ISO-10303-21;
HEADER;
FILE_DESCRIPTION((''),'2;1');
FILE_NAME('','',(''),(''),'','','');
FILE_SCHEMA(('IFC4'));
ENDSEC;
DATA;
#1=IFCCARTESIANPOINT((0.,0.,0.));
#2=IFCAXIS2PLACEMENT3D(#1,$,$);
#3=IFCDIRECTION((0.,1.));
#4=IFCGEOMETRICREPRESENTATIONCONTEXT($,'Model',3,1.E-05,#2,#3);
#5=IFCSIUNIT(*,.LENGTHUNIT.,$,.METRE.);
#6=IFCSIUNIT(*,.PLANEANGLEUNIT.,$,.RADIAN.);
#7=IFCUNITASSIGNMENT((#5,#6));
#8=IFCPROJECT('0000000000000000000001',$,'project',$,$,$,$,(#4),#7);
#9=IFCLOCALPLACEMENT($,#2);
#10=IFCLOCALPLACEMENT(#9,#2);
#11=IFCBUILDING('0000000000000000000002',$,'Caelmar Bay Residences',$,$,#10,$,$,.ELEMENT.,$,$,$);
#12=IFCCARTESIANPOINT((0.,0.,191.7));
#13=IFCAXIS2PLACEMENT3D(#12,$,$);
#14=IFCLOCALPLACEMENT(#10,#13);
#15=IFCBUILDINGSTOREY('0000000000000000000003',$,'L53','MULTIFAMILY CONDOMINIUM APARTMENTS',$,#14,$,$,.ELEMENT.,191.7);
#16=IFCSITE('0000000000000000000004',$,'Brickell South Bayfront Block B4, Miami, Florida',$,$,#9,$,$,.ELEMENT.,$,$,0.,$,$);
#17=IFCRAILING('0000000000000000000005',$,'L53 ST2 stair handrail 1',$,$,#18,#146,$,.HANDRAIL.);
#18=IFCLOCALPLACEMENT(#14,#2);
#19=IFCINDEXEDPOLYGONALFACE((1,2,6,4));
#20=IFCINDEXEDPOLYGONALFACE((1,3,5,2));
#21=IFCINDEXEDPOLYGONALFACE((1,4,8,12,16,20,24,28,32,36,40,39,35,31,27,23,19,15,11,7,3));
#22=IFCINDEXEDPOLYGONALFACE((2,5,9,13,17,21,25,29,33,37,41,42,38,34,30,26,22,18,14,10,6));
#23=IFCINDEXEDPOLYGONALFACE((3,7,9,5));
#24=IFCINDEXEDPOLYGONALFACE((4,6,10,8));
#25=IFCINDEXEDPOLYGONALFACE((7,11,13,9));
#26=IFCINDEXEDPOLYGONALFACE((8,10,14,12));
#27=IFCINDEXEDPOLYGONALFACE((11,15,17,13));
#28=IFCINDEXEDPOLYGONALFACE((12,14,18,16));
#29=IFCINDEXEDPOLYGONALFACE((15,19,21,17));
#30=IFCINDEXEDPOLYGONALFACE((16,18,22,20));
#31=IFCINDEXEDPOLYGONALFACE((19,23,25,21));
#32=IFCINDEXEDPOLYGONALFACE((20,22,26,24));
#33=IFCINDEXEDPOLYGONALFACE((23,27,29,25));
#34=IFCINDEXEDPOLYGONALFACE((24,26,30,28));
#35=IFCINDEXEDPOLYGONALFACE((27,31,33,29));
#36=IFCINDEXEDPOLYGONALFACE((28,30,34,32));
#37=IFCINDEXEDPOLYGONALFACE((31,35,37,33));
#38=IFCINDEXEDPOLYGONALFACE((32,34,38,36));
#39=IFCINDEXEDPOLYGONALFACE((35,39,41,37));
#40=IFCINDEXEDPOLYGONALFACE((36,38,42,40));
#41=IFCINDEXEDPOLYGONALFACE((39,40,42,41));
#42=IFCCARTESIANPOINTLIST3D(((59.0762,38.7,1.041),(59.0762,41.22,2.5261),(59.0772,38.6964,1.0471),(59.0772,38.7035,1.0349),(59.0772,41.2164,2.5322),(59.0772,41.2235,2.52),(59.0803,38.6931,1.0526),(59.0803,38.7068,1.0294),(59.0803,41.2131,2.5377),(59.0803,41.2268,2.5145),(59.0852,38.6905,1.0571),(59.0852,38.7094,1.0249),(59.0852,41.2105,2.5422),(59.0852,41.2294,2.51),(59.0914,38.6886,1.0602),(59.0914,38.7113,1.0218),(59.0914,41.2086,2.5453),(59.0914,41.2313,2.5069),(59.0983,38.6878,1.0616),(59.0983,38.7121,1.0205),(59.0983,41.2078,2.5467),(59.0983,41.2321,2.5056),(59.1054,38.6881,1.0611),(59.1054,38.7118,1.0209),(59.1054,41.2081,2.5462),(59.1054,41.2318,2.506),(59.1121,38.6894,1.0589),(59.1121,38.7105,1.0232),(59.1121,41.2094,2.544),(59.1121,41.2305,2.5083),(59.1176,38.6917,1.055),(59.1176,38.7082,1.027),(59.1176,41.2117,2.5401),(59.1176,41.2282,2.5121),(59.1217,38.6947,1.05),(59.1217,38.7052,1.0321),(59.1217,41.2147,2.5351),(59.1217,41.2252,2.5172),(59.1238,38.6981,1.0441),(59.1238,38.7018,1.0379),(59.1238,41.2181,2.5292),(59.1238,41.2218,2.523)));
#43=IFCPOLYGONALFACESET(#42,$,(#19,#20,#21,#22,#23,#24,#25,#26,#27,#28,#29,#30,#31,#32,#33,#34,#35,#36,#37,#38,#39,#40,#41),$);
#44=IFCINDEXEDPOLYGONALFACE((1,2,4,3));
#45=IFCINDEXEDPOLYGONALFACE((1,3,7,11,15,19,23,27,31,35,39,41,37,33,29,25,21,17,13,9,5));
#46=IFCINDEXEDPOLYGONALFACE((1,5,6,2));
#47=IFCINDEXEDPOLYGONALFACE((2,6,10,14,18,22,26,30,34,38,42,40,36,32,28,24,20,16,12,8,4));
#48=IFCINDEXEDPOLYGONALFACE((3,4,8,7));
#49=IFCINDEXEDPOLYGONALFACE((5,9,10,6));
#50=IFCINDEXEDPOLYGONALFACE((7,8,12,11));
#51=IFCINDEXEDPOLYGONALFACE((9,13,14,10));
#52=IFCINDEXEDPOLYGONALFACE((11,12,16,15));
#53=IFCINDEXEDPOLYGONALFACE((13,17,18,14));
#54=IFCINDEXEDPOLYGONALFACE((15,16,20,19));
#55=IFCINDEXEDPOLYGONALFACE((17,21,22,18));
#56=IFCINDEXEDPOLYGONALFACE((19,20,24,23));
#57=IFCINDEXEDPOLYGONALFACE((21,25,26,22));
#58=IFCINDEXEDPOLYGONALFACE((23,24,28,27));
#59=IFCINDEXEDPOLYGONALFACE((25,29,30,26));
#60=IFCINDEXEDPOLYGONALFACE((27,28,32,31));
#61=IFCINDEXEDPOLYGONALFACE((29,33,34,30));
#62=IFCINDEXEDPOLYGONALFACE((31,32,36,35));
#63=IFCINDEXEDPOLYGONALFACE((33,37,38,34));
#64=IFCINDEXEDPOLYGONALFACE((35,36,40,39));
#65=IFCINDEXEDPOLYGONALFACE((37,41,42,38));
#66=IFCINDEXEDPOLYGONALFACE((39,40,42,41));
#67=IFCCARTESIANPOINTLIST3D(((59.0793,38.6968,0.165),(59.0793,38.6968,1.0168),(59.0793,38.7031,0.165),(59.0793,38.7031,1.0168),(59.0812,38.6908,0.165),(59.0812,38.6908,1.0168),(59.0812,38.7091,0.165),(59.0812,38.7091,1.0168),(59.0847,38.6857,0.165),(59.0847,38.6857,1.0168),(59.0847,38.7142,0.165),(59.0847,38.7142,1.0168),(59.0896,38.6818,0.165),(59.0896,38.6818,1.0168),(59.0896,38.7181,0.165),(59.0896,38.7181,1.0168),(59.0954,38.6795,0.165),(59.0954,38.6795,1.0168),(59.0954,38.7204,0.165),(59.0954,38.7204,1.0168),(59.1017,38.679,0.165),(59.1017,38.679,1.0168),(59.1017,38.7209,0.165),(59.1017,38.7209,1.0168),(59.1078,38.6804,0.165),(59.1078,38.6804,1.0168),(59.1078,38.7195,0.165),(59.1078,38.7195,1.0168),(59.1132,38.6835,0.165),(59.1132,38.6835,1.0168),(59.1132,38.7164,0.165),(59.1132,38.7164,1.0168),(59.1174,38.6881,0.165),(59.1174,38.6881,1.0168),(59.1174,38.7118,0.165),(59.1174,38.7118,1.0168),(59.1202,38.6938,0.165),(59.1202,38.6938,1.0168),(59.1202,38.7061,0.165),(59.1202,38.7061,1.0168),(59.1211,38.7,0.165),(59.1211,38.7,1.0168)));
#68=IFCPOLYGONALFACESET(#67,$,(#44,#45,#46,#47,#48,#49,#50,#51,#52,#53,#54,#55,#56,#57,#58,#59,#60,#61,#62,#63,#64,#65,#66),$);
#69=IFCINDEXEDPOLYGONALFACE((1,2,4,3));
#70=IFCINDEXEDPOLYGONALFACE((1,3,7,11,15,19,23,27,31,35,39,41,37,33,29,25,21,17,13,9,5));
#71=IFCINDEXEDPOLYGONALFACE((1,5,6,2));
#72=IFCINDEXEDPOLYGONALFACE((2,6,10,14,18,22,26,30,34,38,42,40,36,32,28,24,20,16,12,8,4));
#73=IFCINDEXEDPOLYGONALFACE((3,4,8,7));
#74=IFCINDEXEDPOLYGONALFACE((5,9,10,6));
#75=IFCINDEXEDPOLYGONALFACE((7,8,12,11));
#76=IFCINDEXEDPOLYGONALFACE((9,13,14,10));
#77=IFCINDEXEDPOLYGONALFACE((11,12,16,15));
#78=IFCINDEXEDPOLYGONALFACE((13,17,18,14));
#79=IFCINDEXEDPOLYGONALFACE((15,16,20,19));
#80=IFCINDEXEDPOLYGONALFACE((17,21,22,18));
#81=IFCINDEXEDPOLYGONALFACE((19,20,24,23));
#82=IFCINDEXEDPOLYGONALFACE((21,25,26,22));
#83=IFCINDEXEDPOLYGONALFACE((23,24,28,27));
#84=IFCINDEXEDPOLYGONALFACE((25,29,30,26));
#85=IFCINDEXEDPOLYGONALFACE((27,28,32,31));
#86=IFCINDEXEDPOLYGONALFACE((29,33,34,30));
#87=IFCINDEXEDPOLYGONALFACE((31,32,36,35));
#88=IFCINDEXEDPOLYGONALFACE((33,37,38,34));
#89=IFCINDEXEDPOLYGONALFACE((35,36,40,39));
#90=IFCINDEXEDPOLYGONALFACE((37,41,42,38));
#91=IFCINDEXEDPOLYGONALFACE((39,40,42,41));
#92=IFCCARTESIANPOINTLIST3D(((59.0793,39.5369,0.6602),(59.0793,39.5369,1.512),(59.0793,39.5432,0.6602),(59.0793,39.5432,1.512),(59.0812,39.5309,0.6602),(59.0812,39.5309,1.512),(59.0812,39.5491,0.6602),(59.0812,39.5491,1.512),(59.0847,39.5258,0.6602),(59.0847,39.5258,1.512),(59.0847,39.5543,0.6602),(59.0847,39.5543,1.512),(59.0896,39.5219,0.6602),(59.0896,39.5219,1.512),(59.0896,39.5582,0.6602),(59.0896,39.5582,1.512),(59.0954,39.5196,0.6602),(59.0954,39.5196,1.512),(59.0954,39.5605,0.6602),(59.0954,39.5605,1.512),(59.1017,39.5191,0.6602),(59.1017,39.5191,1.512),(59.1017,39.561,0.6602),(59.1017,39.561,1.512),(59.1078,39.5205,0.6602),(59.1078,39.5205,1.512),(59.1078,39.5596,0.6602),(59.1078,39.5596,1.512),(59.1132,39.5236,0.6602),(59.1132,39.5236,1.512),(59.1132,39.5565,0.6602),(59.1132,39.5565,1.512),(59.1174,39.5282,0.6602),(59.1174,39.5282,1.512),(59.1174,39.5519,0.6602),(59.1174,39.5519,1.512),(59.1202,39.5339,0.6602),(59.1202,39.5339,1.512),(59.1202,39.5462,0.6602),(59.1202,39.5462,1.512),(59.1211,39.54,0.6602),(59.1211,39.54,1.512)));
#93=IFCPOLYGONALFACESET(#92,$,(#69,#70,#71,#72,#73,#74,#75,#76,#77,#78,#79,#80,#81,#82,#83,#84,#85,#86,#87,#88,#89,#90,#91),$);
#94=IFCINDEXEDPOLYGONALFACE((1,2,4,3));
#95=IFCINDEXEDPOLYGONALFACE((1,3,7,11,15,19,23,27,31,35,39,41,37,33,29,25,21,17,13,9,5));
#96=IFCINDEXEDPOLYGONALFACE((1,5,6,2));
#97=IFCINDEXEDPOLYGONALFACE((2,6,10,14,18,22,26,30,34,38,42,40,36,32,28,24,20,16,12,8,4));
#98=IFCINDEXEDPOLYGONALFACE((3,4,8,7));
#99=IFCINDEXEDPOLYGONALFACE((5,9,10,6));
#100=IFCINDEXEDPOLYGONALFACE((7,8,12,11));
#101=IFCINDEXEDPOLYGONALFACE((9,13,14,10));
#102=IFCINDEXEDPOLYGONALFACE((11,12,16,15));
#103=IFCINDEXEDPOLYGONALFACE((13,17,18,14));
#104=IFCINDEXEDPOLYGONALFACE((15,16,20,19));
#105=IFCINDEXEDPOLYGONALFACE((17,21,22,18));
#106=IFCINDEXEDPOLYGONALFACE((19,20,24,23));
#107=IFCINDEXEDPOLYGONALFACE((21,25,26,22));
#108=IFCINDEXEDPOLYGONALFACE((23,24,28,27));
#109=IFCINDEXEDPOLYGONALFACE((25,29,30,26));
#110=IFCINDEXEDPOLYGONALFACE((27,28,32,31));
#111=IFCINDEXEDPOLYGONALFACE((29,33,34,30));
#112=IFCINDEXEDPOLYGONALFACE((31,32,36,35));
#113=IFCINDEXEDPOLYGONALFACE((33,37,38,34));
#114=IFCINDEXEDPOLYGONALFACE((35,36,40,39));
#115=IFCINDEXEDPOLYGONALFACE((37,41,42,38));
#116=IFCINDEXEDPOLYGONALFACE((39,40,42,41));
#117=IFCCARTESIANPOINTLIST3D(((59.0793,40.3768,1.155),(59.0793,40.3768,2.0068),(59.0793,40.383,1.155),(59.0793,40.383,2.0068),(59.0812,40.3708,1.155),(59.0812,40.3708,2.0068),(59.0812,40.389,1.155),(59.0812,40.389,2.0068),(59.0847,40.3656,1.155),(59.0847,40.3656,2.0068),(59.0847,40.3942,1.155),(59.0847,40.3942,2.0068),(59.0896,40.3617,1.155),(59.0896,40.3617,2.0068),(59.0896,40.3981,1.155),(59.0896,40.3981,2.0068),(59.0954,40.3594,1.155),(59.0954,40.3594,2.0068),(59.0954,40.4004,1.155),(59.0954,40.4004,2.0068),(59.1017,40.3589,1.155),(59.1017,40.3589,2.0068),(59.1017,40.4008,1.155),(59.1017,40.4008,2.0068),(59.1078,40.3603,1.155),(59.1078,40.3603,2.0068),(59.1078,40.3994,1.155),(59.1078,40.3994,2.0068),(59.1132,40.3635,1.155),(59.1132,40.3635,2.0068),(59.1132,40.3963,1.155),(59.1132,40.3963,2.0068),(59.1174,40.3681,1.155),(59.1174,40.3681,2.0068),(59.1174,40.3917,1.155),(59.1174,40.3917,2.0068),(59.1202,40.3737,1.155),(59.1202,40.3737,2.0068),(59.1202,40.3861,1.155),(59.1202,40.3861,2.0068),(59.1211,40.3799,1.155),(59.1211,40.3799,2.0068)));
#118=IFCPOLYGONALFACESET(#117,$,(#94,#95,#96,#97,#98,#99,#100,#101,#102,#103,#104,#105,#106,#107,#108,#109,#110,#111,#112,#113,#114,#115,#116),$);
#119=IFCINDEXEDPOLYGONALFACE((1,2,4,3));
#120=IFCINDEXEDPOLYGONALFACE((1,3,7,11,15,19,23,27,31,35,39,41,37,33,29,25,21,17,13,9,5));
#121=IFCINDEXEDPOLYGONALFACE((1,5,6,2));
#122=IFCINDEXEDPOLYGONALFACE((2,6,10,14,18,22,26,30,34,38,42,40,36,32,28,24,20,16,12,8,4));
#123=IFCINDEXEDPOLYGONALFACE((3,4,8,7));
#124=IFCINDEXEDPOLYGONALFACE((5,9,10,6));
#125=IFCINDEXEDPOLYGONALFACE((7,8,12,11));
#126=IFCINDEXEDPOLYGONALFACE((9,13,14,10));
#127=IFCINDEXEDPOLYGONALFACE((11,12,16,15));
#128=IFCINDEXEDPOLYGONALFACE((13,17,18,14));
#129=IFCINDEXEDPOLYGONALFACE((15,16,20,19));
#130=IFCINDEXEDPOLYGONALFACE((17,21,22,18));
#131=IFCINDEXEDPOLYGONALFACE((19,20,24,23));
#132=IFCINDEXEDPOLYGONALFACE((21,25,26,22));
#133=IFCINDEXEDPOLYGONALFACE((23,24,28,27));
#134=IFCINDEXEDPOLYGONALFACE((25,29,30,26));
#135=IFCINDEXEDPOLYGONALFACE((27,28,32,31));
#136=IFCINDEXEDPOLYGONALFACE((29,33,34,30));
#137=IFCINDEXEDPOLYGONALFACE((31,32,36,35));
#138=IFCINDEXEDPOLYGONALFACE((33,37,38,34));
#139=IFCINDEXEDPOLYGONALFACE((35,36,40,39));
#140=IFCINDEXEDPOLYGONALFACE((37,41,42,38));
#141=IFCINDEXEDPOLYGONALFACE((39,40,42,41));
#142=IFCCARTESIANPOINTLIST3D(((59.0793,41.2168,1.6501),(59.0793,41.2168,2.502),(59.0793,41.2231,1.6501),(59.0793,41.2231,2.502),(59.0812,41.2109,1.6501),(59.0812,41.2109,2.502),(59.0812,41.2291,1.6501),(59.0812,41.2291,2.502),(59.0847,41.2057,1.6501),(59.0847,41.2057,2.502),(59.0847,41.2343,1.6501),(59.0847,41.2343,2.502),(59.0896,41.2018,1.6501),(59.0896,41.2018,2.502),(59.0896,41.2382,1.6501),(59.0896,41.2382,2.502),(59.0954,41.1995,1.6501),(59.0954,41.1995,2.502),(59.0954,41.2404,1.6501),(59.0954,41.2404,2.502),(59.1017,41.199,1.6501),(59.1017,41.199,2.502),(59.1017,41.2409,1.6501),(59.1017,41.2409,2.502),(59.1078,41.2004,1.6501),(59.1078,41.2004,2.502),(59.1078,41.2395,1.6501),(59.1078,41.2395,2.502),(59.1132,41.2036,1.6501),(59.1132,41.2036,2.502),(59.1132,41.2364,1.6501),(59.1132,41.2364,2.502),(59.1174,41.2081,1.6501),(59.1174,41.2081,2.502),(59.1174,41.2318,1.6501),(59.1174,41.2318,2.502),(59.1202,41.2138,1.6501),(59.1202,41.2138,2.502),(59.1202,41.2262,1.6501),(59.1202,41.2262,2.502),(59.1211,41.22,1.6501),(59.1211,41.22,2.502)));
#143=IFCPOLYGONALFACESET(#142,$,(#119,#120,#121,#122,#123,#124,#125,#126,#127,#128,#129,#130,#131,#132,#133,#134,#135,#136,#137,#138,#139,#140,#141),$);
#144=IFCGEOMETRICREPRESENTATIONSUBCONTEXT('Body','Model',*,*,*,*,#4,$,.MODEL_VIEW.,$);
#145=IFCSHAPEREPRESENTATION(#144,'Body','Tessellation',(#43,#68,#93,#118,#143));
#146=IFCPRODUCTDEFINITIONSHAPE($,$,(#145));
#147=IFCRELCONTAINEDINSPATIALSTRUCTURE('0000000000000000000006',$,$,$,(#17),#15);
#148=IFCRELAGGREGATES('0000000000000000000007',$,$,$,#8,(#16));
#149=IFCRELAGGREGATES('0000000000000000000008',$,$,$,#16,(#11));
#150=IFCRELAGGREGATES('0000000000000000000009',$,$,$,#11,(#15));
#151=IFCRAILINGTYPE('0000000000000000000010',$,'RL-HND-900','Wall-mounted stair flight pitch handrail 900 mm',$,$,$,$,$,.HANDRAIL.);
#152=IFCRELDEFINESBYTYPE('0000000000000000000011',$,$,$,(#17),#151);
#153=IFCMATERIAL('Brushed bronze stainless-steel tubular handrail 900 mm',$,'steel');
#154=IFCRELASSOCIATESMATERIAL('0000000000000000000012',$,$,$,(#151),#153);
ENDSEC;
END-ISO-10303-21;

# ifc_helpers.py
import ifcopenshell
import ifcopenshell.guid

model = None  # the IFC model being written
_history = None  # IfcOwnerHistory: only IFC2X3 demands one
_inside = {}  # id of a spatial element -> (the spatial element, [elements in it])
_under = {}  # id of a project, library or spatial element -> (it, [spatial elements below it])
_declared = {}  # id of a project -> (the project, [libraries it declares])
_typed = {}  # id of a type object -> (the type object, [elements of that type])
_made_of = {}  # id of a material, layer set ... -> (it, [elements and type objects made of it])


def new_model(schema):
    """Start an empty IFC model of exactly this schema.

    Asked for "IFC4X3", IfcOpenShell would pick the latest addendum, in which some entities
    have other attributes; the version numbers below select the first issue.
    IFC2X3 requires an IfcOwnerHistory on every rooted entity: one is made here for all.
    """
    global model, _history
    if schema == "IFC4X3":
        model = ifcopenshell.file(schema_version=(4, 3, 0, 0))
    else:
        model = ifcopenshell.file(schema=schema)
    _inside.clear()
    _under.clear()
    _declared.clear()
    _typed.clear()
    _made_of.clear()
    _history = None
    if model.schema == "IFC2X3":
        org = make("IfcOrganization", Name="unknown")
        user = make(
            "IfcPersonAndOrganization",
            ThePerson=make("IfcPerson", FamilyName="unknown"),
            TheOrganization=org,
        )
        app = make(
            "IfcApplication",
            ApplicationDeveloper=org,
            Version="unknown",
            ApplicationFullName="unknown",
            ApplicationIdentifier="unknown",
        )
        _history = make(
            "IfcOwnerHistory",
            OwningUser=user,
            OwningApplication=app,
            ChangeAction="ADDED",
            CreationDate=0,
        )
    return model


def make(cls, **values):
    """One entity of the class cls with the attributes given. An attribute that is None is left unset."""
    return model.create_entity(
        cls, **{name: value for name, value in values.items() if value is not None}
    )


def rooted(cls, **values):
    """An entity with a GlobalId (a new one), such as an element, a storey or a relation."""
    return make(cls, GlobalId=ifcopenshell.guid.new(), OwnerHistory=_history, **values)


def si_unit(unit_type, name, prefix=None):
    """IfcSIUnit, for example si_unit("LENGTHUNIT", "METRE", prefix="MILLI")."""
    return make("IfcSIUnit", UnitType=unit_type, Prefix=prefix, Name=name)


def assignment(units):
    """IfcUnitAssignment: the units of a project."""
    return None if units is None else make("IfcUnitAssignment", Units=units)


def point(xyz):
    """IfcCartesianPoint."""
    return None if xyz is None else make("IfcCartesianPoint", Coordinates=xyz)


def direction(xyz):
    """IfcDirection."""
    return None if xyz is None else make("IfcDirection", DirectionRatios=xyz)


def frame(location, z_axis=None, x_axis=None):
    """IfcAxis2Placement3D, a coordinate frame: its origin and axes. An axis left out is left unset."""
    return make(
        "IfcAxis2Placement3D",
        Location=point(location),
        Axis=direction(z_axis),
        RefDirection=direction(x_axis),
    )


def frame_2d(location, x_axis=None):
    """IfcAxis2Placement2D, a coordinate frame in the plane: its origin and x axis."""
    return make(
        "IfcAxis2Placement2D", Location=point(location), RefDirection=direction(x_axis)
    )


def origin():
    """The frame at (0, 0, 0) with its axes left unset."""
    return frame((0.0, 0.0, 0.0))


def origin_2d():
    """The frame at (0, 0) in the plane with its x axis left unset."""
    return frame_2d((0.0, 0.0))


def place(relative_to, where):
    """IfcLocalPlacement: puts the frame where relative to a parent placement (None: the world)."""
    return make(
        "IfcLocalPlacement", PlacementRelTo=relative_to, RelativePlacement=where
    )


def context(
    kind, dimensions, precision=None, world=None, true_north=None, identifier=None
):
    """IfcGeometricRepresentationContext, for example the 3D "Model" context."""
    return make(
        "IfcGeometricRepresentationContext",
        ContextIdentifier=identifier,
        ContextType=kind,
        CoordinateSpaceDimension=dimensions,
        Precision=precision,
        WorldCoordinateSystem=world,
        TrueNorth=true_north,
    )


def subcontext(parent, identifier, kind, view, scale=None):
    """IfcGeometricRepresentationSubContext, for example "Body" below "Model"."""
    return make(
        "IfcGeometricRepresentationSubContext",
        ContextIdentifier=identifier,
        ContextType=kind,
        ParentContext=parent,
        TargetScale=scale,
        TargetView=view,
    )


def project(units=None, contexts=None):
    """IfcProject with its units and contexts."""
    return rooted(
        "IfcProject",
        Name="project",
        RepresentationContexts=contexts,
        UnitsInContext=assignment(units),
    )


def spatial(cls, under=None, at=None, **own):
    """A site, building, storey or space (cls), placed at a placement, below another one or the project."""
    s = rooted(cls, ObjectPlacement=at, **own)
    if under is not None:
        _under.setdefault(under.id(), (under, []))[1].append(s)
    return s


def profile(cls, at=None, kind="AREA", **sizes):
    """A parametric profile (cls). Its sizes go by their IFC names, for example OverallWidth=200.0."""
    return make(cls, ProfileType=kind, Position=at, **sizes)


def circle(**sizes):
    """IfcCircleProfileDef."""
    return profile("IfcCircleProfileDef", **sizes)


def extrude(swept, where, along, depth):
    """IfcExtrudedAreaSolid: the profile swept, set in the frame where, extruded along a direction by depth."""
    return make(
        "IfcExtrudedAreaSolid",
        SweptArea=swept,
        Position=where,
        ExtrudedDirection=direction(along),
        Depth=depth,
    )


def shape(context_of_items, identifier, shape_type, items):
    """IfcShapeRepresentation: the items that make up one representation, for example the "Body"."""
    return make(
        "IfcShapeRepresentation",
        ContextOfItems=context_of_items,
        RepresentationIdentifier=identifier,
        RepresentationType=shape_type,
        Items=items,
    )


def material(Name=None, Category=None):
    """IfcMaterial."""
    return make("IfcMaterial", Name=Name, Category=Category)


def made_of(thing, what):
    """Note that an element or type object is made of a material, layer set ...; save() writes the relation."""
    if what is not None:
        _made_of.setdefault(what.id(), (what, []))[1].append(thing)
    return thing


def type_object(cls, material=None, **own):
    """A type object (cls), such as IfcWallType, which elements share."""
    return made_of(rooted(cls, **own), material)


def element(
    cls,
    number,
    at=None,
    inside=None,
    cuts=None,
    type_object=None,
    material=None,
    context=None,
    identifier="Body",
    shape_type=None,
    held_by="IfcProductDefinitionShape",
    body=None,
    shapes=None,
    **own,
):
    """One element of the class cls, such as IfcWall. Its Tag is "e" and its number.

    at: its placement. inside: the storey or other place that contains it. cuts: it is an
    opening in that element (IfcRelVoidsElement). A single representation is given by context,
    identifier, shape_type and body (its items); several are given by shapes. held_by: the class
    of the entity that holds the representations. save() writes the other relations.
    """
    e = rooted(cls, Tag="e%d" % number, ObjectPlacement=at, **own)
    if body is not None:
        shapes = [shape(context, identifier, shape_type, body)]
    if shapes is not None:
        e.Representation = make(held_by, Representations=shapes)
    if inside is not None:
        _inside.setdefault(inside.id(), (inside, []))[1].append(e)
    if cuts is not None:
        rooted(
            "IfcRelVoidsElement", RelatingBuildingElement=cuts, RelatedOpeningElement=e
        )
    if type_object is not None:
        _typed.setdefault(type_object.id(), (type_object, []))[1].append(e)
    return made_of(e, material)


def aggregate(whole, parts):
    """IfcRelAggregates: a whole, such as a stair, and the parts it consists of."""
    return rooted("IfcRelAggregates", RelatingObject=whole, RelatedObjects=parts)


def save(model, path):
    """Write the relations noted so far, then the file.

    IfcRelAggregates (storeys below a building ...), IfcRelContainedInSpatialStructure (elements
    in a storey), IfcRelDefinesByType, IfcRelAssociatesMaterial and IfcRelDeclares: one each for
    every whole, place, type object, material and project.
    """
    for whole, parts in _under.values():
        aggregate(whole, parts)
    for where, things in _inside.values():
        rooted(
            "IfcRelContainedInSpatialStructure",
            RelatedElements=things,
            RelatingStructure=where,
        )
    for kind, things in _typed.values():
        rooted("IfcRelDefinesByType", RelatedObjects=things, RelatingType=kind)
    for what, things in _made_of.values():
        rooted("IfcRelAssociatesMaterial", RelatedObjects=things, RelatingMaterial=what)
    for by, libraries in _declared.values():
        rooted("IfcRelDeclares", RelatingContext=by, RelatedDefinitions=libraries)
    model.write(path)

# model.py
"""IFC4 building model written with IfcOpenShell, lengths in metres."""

from ifc_helpers import new_model, si_unit, direction, frame, origin, origin_2d, place, context, subcontext, project, spatial, circle, extrude, material, type_object, element, save


model = new_model("IFC4")

# Units and contexts
model_context = context("Model", 3, precision=1e-05, world=origin(), true_north=direction((0.0, 1.0)))
body_context = subcontext(model_context, "Body", "Model", "MODEL_VIEW")
ifc_project = project(units=[si_unit("LENGTHUNIT", "METRE"), si_unit("PLANEANGLEUNIT", "RADIAN")], contexts=[model_context])

# Site, building, storey
site_placement = place(None, origin())
site = spatial("IfcSite", under=ifc_project, at=site_placement, Name="Brickell South Bayfront Block B4, Miami, Florida", CompositionType="ELEMENT", RefElevation=0.0)
building_placement = place(site_placement, origin())
building = spatial("IfcBuilding", under=site, at=building_placement, Name="Caelmar Bay Residences", CompositionType="ELEMENT")
storey_placement = place(building_placement, frame((0.0, 0.0, 191.7)))
storey = spatial("IfcBuildingStorey", under=building, at=storey_placement, Name="L53", Description="MULTIFAMILY CONDOMINIUM APARTMENTS", CompositionType="ELEMENT", Elevation=191.7)

# Railing
ifc_material_1 = material(Name="Brushed bronze stainless-steel tubular handrail 900 mm", Category="steel")
railing_type_1 = type_object("IfcRailingType", Name="RL-HND-900", Description="Wall-mounted stair flight pitch handrail 900 mm", PredefinedType="HANDRAIL", material=ifc_material_1)
railing_1_placement = place(storey_placement, frame((59.1001, 38.7, 0.165)))
element("IfcRailing", 1, at=railing_1_placement, inside=storey, type_object=railing_type_1, Name="L53 ST2 stair handrail 1", PredefinedType="HANDRAIL", context=body_context, shape_type="SweptSolid", body=[
    extrude(circle(Radius=0.0239, at=origin_2d()), frame((0.0, 0.0, 0.876), z_axis=(0.0, 0.861524, 0.507717), x_axis=(-1.0, 0.0, 0.0)), (0.0, 0.0, 1.0), 2.925),
    extrude(circle(Radius=0.021, at=origin_2d()), origin(), (0.0, 0.0, 1.0), 0.8518),
    extrude(circle(Radius=0.021, at=origin_2d()), frame((0.0, 0.8401, 0.4951)), (0.0, 0.0, 1.0), 0.8518),
    extrude(circle(Radius=0.021, at=origin_2d()), frame((0.0, 1.6799, 0.99)), (0.0, 0.0, 1.0), 0.8518),
    extrude(circle(Radius=0.021, at=origin_2d()), frame((0.0, 2.52, 1.4851)), (0.0, 0.0, 1.0), 0.8518),
])

save(model, "model.ifc")
